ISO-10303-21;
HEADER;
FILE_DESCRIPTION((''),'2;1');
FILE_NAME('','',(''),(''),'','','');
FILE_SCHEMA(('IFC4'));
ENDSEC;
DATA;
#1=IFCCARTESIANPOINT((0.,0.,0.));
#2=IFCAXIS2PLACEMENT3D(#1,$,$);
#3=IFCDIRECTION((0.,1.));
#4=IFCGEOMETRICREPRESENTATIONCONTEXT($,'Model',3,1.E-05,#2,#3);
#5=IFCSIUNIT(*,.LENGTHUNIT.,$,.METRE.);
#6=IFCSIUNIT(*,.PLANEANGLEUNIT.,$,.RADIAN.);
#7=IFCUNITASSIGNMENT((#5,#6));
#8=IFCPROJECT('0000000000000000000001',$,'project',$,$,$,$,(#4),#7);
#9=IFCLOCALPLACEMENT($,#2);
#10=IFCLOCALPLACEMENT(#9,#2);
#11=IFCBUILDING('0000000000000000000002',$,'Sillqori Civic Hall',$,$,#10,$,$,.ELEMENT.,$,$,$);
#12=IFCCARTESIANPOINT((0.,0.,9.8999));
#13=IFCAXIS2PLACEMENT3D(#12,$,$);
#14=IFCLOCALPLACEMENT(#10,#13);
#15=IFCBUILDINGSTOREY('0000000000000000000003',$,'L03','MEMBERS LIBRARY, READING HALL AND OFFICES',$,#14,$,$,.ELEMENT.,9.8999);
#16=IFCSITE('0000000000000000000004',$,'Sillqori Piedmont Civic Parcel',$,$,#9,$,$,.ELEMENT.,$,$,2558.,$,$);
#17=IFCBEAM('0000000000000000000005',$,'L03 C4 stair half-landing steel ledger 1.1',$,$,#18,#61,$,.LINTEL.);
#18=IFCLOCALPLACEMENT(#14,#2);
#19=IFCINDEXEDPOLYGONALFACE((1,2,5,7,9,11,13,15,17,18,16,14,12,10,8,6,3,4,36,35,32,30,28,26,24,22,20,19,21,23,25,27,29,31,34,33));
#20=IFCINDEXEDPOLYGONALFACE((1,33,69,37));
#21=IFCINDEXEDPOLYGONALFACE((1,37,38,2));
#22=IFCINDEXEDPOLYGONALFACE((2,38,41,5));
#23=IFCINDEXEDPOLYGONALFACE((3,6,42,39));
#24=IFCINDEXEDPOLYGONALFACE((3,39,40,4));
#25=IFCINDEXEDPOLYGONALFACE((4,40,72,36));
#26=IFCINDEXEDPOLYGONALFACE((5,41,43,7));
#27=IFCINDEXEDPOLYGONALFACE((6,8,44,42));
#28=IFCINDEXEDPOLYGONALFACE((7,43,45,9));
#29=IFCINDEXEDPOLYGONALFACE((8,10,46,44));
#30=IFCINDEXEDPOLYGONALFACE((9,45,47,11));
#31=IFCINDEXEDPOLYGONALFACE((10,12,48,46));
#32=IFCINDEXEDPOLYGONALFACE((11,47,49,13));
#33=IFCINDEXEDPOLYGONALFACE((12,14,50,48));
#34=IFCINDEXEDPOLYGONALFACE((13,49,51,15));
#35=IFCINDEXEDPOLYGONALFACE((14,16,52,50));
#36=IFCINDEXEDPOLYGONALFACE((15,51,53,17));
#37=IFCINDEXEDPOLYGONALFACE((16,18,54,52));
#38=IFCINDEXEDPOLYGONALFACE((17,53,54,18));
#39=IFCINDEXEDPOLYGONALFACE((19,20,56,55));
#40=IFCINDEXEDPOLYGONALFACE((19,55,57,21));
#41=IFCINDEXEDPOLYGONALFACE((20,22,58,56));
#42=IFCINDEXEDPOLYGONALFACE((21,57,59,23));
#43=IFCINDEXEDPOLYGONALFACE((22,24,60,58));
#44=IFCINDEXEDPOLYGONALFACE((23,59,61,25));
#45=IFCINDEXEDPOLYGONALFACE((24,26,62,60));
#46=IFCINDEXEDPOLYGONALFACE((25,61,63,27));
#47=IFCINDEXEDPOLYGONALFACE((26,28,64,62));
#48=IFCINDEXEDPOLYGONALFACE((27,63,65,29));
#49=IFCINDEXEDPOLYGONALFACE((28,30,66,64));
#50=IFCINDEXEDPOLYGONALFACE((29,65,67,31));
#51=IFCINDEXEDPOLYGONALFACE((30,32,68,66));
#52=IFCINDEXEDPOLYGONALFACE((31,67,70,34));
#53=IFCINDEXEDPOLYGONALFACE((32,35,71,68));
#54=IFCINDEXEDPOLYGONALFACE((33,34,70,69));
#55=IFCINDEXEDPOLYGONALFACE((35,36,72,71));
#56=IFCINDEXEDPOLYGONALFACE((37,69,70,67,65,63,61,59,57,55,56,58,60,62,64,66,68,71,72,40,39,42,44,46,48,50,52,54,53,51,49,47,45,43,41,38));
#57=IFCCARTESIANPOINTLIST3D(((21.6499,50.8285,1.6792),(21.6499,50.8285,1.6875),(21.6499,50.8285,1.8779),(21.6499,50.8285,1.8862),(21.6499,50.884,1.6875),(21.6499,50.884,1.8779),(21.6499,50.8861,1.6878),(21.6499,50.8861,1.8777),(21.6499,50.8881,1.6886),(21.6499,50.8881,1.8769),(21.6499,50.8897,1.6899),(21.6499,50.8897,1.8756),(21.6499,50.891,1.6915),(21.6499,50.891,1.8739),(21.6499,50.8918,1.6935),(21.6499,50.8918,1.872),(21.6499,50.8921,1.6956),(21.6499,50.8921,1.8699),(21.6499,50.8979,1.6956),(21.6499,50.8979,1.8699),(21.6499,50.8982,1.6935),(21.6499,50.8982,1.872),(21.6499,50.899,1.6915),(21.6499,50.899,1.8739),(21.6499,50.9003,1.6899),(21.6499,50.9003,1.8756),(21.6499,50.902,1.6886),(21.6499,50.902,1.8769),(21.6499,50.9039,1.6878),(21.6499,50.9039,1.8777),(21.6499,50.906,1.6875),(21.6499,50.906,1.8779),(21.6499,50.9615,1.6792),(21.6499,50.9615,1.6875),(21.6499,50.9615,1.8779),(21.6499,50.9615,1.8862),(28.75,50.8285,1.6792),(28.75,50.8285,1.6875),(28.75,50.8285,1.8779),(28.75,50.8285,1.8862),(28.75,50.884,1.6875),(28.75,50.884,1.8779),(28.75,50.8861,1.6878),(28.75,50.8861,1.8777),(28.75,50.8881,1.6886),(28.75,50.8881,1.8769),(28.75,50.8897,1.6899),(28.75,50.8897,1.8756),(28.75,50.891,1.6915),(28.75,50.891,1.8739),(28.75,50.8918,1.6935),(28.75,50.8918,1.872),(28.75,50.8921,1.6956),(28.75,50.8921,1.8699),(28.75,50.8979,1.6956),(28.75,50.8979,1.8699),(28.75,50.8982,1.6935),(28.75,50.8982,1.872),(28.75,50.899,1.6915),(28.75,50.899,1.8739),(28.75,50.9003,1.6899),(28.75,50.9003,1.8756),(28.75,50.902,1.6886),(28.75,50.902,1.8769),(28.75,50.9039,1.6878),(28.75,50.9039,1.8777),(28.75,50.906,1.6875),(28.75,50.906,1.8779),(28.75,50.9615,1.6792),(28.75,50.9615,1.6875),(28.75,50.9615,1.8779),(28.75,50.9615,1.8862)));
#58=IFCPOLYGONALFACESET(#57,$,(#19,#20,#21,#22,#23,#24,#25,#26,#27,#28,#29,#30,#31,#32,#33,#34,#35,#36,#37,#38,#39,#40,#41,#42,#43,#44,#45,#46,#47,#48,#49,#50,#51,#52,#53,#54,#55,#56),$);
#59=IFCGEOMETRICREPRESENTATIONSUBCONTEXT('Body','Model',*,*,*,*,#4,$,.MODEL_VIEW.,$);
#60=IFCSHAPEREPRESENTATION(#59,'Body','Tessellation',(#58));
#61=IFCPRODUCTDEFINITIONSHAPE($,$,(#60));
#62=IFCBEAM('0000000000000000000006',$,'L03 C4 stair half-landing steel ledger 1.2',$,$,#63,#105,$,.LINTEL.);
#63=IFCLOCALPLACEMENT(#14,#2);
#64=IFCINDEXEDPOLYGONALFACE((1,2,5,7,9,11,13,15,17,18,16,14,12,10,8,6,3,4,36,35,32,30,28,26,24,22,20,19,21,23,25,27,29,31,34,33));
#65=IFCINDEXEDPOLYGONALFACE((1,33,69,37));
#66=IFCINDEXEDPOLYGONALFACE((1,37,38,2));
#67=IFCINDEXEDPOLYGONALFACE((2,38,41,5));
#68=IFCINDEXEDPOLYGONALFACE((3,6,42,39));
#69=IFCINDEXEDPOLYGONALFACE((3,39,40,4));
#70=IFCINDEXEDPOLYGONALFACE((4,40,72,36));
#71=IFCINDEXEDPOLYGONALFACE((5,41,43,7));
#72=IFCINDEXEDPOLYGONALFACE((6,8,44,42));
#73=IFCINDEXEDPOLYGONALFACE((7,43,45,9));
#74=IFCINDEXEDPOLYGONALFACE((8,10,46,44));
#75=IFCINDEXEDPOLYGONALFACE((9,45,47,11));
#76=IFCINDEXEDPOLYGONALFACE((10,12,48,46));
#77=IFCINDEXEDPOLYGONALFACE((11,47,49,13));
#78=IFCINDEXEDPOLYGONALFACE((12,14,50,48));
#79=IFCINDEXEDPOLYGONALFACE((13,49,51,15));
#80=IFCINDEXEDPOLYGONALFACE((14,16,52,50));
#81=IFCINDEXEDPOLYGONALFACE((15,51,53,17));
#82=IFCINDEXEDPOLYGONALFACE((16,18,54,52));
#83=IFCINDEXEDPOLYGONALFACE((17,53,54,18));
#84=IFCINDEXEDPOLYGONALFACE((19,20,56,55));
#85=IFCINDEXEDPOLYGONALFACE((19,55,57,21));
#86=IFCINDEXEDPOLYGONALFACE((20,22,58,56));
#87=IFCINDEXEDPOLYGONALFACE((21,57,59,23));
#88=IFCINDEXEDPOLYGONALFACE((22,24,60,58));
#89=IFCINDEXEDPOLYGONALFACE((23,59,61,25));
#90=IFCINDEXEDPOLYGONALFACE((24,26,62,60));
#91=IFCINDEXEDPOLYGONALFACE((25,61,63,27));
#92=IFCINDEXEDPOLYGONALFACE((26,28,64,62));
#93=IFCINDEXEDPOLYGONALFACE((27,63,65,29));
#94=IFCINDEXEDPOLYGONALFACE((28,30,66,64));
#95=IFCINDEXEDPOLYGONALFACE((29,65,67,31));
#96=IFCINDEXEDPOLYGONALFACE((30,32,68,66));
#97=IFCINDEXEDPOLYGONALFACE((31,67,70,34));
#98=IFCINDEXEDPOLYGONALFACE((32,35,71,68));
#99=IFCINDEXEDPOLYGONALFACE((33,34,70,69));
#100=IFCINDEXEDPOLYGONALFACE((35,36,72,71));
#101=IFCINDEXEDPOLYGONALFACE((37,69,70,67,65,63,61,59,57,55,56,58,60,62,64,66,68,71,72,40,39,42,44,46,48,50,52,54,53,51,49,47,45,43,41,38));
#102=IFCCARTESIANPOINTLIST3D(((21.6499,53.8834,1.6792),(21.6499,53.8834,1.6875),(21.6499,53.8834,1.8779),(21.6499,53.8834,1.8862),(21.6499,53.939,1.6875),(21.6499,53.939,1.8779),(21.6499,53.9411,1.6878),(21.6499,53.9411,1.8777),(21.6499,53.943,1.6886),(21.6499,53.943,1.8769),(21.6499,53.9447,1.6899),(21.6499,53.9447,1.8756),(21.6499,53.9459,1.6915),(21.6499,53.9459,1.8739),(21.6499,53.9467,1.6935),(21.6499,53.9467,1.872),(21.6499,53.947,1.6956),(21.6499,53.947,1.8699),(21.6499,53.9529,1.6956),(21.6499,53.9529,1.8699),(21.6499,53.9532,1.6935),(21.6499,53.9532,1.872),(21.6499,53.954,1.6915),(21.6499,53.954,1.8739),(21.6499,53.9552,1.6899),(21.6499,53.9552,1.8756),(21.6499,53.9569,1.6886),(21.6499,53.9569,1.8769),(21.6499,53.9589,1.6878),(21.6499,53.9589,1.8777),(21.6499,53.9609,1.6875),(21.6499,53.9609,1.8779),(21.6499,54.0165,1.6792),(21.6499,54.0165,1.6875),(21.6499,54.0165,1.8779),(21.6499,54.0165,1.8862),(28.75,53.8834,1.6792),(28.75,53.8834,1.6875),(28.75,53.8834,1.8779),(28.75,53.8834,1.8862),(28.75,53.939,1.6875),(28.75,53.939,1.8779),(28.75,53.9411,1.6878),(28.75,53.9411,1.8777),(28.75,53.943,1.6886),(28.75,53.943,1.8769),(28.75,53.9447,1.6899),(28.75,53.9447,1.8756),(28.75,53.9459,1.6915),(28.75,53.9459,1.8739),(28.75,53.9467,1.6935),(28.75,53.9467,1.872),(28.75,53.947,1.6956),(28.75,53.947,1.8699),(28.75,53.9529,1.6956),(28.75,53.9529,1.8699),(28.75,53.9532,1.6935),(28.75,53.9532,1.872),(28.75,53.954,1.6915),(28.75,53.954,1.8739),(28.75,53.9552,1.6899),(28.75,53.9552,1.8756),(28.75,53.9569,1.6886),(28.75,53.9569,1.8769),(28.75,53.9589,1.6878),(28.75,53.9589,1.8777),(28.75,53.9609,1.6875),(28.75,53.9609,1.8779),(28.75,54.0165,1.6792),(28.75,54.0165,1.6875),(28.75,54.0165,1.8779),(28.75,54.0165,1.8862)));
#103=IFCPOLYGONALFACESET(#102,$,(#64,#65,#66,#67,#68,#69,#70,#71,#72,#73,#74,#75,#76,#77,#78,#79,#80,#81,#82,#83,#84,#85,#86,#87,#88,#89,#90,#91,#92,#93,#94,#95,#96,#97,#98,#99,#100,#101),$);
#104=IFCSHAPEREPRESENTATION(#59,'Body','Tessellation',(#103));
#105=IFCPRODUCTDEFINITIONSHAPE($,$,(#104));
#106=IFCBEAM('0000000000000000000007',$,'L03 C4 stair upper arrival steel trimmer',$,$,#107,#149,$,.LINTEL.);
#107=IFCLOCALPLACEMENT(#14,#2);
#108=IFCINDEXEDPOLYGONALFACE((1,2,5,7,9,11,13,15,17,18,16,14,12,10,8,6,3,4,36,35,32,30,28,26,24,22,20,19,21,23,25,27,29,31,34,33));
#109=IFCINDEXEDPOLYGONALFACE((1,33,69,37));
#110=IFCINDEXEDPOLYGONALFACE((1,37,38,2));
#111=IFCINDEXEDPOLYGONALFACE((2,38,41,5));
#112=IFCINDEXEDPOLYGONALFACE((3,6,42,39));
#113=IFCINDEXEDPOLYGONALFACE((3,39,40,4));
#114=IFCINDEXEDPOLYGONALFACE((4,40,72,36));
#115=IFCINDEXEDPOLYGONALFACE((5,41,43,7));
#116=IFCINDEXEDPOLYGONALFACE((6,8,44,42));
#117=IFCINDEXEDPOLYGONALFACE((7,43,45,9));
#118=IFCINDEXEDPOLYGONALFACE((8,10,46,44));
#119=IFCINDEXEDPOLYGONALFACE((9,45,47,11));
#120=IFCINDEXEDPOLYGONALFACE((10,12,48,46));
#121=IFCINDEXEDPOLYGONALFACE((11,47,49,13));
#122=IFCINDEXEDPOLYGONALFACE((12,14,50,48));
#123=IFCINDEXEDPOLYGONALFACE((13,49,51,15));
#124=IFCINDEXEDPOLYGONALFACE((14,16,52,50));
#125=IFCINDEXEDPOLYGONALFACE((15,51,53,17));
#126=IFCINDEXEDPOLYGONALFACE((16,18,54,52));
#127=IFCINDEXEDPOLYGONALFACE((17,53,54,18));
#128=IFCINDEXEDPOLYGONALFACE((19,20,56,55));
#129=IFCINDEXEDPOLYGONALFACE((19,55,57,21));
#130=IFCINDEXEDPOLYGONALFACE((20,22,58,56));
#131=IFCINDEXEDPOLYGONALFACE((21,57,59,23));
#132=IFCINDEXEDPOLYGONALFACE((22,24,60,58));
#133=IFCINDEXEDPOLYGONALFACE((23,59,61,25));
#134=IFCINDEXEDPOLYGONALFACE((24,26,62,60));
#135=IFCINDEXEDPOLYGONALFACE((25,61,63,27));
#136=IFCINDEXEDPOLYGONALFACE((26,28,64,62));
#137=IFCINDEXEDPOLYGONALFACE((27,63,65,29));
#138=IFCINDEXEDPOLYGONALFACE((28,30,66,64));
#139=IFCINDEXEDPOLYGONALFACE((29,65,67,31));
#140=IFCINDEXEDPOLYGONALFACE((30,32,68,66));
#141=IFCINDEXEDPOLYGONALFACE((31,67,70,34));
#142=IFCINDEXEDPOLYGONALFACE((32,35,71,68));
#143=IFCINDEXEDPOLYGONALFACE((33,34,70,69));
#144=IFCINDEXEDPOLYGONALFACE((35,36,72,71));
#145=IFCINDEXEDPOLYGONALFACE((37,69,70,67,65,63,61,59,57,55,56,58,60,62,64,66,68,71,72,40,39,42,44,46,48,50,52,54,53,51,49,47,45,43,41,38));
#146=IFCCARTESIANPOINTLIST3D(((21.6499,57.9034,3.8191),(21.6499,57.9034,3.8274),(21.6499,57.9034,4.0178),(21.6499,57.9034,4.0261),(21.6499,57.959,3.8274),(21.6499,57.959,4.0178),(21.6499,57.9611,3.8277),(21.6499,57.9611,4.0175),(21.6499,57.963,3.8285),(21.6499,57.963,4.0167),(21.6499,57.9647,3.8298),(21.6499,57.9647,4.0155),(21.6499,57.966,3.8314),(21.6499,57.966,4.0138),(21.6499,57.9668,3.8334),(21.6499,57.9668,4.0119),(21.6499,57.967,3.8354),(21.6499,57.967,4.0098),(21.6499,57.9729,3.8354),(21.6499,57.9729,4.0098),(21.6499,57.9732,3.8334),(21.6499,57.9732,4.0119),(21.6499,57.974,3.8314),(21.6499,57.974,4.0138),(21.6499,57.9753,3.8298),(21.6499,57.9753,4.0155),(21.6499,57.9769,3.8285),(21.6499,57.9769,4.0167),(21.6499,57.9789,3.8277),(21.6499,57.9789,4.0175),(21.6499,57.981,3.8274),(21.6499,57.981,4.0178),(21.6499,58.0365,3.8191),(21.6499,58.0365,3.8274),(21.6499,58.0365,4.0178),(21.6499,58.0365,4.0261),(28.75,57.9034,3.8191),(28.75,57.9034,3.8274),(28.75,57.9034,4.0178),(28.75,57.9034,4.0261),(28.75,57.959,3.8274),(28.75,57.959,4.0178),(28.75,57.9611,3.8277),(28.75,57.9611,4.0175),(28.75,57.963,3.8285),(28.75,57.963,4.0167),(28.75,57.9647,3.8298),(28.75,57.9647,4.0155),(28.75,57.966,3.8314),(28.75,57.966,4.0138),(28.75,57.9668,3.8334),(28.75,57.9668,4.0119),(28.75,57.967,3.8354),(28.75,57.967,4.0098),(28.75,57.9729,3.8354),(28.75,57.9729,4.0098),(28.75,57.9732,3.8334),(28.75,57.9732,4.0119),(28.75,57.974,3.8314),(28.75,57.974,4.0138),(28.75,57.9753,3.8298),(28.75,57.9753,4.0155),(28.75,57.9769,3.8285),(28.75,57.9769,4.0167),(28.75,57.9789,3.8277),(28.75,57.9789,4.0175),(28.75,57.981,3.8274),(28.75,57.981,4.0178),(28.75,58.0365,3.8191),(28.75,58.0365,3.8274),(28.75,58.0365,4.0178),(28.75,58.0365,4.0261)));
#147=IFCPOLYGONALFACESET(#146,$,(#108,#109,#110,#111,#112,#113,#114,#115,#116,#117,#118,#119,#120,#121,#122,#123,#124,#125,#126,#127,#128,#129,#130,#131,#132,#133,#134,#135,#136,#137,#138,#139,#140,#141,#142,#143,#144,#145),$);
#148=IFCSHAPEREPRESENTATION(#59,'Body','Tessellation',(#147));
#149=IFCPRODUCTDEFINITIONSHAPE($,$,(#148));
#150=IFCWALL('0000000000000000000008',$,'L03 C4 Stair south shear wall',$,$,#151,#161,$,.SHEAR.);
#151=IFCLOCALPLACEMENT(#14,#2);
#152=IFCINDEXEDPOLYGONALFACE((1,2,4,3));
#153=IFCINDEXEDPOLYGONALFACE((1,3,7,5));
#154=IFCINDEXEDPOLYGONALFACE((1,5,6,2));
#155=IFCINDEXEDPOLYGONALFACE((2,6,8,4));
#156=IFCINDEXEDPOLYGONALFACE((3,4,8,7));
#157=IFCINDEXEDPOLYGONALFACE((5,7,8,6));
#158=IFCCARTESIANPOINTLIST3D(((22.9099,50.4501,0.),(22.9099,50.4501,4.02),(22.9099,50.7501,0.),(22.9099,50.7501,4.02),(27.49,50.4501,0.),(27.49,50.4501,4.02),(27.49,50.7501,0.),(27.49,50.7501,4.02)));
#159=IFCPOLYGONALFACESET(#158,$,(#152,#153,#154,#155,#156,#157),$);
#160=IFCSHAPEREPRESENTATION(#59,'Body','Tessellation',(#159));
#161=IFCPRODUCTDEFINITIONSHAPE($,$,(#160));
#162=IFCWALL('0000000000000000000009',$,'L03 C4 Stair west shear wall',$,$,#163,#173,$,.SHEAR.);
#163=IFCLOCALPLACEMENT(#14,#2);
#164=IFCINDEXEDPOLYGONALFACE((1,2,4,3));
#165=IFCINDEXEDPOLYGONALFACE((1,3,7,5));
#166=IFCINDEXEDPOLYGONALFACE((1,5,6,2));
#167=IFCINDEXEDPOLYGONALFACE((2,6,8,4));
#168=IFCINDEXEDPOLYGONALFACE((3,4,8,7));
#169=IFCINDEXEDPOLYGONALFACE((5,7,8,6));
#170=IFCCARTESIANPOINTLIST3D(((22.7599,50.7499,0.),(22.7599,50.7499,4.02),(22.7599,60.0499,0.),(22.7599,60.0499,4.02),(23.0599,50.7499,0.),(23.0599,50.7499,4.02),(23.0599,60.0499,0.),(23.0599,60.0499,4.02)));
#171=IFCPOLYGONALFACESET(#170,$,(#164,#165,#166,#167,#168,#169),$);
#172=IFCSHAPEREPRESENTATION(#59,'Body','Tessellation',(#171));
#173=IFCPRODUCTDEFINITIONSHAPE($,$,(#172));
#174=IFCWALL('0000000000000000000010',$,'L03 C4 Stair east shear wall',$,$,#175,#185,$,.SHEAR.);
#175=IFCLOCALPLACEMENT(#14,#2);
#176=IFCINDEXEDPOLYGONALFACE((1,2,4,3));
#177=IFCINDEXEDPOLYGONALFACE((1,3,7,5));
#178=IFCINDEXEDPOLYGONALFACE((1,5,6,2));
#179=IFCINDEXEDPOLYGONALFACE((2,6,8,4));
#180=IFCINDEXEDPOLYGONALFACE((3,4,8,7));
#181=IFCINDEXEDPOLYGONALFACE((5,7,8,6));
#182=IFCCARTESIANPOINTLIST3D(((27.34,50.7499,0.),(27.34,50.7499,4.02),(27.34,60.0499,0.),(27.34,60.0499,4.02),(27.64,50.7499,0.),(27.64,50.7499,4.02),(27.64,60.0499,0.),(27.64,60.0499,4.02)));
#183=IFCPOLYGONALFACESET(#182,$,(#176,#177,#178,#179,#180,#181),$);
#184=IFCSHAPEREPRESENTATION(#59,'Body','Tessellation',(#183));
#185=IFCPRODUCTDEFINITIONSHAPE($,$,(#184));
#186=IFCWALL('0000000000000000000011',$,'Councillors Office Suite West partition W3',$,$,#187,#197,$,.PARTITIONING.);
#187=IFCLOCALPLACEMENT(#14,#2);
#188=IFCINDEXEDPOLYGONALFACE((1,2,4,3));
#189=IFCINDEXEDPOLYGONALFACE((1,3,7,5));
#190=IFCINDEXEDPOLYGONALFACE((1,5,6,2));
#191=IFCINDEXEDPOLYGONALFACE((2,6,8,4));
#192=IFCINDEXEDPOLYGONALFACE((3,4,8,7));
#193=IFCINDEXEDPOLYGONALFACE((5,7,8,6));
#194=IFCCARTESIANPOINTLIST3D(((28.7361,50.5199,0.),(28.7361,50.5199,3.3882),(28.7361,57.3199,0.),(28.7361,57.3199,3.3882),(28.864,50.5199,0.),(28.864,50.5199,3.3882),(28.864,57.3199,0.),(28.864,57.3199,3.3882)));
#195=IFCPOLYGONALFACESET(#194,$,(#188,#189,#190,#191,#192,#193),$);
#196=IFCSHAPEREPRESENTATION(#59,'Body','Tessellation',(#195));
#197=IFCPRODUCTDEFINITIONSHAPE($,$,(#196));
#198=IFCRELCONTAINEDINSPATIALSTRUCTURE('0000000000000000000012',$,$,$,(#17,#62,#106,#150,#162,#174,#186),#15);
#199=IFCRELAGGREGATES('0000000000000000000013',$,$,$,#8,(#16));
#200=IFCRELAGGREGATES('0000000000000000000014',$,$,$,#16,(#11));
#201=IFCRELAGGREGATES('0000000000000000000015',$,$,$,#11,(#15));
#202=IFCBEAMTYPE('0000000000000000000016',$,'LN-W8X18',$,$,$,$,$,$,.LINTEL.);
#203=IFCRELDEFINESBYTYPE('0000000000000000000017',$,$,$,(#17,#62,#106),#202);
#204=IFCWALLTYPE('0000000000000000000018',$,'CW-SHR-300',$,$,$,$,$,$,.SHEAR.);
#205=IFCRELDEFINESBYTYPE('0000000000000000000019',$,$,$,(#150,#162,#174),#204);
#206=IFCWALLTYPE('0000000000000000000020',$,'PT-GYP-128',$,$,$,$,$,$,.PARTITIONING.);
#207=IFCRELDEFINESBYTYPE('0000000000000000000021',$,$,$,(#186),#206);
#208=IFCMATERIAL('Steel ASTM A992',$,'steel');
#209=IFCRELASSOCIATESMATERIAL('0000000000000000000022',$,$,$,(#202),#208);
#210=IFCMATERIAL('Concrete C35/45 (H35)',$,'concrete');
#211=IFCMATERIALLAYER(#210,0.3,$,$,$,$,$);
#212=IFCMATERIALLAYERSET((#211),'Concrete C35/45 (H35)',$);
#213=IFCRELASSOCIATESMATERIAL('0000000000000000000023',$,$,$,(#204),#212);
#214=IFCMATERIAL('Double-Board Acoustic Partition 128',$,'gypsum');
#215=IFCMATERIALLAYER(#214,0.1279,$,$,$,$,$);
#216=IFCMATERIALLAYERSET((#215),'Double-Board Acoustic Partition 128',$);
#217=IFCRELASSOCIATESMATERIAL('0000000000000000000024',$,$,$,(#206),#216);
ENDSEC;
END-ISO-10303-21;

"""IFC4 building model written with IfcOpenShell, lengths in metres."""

from ifc_helpers import new_model, si_unit, direction, frame, frame_2d, origin, origin_2d, place, context, subcontext, project, spatial, rectangle, i_section, extrude, material, layer, layer_set, material_profile, profile_set, type_object, element, save


model = new_model("IFC4")

# Units and contexts
model_context = context("Model", 3, precision=1e-05, world=origin(), true_north=direction((0.0, 1.0)))
body_context = subcontext(model_context, "Body", "Model", "MODEL_VIEW")
ifc_project = project(units=[si_unit("LENGTHUNIT", "METRE"), si_unit("PLANEANGLEUNIT", "RADIAN")], contexts=[model_context])

# Site, building, storey
site_placement = place(None, origin())
site = spatial("IfcSite", under=ifc_project, at=site_placement, Name="Sillqori Piedmont Civic Parcel", CompositionType="ELEMENT", RefElevation=2558.0)
building_placement = place(site_placement, origin())
building = spatial("IfcBuilding", under=site, at=building_placement, Name="Sillqori Civic Hall", CompositionType="ELEMENT")
storey_placement = place(building_placement, frame((0.0, 0.0, 9.8999)))
storey = spatial("IfcBuildingStorey", under=building, at=storey_placement, Name="L03", Description="MEMBERS LIBRARY, READING HALL AND OFFICES", CompositionType="ELEMENT", Elevation=9.8999)

# Shared definitions
ifc_material_1 = material(Name="Steel ASTM A992", Category="steel")

# Beams
ifc_material_profile_1 = material_profile(ifc_material_1, i_section(OverallWidth=0.1331, OverallDepth=0.207, WebThickness=0.0059, FlangeThickness=0.0083, FilletRadius=0.0081, at=origin_2d()), Name="W8X18")
ifc_profile_set_1 = profile_set([ifc_material_profile_1], Name="Steel ASTM A992")
beam_type_1 = type_object("IfcBeamType", Name="LN-W8X18", PredefinedType="LINTEL", material=ifc_profile_set_1)
for number, where, z_axis, x_axis, name in (
    (1, (21.6499, 50.895, 1.7827), (1.0, 0.0, 0.0), (0.0, 1.0, 0.0), "L03 C4 stair half-landing steel ledger 1.1"),
    (2, (21.6499, 53.95, 1.7827), (1.0, 0.0, 0.0), (0.0, 1.0, 0.0), "L03 C4 stair half-landing steel ledger 1.2"),
    (3, (21.6499, 57.97, 3.9226), (1.0, 0.0, 0.0), (0.0, 1.0, 0.0), "L03 C4 stair upper arrival steel trimmer"),
):
    element("IfcBeam", number, at=place(storey_placement, frame(where, z_axis=z_axis, x_axis=x_axis)), inside=storey, type_object=beam_type_1, Name=name, PredefinedType="LINTEL", context=body_context, shape_type="SweptSolid", body=[
        extrude(i_section(OverallWidth=0.1331, OverallDepth=0.207, WebThickness=0.0059, FlangeThickness=0.0083, FilletRadius=0.0081, at=origin_2d()), origin(), (0.0, 0.0, 1.0), 7.1001),
    ])

# Walls
ifc_material_2 = material(Name="Concrete C35/45 (H35)", Category="concrete")
ifc_layer_1 = layer(ifc_material_2, 0.3)
ifc_layer_set_1 = layer_set([ifc_layer_1], Name="Concrete C35/45 (H35)")
wall_type_1 = type_object("IfcWallType", Name="CW-SHR-300", PredefinedType="SHEAR", material=ifc_layer_set_1)
wall_1_placement = place(storey_placement, frame((22.9099, 50.6001, 0.0), z_axis=(0.0, 0.0, 1.0), x_axis=(1.0, 0.0, 0.0)))
element("IfcWall", 4, at=wall_1_placement, inside=storey, type_object=wall_type_1, Name="L03 C4 Stair south shear wall", PredefinedType="SHEAR", context=body_context, shape_type="SweptSolid", body=[
    extrude(rectangle(XDim=4.5801, YDim=0.3, at=frame_2d((2.29, 0.0))), origin(), (0.0, 0.0, 1.0), 4.02),
])
for number, where, z_axis, x_axis, name in (
    (5, (22.9099, 50.75, 0.0), (0.0, 0.0, 1.0), (0.0, 1.0, 0.0), "L03 C4 Stair west shear wall"),
    (6, (27.49, 50.75, 0.0), (0.0, 0.0, 1.0), (0.0, 1.0, 0.0), "L03 C4 Stair east shear wall"),
):
    element("IfcWall", number, at=place(storey_placement, frame(where, z_axis=z_axis, x_axis=x_axis)), inside=storey, type_object=wall_type_1, Name=name, PredefinedType="SHEAR", context=body_context, shape_type="SweptSolid", body=[
        extrude(rectangle(XDim=9.3, YDim=0.3, at=frame_2d((4.6499, 0.0))), origin(), (0.0, 0.0, 1.0), 4.02),
    ])
ifc_material_3 = material(Name="Double-Board Acoustic Partition 128", Category="gypsum")
ifc_layer_2 = layer(ifc_material_3, 0.1279)
ifc_layer_set_2 = layer_set([ifc_layer_2], Name="Double-Board Acoustic Partition 128")
wall_type_2 = type_object("IfcWallType", Name="PT-GYP-128", PredefinedType="PARTITIONING", material=ifc_layer_set_2)
wall_2_placement = place(storey_placement, frame((28.8, 50.52, 0.0), z_axis=(0.0, 0.0, 1.0), x_axis=(0.0, 1.0, 0.0)))
element("IfcWall", 7, at=wall_2_placement, inside=storey, type_object=wall_type_2, Name="Councillors Office Suite West partition W3", PredefinedType="PARTITIONING", context=body_context, shape_type="SweptSolid", body=[
    extrude(rectangle(XDim=6.8, YDim=0.1279, at=frame_2d((3.3999, 0.0))), origin(), (0.0, 0.0, 1.0), 3.3882),
])

save(model, "model.ifc")
